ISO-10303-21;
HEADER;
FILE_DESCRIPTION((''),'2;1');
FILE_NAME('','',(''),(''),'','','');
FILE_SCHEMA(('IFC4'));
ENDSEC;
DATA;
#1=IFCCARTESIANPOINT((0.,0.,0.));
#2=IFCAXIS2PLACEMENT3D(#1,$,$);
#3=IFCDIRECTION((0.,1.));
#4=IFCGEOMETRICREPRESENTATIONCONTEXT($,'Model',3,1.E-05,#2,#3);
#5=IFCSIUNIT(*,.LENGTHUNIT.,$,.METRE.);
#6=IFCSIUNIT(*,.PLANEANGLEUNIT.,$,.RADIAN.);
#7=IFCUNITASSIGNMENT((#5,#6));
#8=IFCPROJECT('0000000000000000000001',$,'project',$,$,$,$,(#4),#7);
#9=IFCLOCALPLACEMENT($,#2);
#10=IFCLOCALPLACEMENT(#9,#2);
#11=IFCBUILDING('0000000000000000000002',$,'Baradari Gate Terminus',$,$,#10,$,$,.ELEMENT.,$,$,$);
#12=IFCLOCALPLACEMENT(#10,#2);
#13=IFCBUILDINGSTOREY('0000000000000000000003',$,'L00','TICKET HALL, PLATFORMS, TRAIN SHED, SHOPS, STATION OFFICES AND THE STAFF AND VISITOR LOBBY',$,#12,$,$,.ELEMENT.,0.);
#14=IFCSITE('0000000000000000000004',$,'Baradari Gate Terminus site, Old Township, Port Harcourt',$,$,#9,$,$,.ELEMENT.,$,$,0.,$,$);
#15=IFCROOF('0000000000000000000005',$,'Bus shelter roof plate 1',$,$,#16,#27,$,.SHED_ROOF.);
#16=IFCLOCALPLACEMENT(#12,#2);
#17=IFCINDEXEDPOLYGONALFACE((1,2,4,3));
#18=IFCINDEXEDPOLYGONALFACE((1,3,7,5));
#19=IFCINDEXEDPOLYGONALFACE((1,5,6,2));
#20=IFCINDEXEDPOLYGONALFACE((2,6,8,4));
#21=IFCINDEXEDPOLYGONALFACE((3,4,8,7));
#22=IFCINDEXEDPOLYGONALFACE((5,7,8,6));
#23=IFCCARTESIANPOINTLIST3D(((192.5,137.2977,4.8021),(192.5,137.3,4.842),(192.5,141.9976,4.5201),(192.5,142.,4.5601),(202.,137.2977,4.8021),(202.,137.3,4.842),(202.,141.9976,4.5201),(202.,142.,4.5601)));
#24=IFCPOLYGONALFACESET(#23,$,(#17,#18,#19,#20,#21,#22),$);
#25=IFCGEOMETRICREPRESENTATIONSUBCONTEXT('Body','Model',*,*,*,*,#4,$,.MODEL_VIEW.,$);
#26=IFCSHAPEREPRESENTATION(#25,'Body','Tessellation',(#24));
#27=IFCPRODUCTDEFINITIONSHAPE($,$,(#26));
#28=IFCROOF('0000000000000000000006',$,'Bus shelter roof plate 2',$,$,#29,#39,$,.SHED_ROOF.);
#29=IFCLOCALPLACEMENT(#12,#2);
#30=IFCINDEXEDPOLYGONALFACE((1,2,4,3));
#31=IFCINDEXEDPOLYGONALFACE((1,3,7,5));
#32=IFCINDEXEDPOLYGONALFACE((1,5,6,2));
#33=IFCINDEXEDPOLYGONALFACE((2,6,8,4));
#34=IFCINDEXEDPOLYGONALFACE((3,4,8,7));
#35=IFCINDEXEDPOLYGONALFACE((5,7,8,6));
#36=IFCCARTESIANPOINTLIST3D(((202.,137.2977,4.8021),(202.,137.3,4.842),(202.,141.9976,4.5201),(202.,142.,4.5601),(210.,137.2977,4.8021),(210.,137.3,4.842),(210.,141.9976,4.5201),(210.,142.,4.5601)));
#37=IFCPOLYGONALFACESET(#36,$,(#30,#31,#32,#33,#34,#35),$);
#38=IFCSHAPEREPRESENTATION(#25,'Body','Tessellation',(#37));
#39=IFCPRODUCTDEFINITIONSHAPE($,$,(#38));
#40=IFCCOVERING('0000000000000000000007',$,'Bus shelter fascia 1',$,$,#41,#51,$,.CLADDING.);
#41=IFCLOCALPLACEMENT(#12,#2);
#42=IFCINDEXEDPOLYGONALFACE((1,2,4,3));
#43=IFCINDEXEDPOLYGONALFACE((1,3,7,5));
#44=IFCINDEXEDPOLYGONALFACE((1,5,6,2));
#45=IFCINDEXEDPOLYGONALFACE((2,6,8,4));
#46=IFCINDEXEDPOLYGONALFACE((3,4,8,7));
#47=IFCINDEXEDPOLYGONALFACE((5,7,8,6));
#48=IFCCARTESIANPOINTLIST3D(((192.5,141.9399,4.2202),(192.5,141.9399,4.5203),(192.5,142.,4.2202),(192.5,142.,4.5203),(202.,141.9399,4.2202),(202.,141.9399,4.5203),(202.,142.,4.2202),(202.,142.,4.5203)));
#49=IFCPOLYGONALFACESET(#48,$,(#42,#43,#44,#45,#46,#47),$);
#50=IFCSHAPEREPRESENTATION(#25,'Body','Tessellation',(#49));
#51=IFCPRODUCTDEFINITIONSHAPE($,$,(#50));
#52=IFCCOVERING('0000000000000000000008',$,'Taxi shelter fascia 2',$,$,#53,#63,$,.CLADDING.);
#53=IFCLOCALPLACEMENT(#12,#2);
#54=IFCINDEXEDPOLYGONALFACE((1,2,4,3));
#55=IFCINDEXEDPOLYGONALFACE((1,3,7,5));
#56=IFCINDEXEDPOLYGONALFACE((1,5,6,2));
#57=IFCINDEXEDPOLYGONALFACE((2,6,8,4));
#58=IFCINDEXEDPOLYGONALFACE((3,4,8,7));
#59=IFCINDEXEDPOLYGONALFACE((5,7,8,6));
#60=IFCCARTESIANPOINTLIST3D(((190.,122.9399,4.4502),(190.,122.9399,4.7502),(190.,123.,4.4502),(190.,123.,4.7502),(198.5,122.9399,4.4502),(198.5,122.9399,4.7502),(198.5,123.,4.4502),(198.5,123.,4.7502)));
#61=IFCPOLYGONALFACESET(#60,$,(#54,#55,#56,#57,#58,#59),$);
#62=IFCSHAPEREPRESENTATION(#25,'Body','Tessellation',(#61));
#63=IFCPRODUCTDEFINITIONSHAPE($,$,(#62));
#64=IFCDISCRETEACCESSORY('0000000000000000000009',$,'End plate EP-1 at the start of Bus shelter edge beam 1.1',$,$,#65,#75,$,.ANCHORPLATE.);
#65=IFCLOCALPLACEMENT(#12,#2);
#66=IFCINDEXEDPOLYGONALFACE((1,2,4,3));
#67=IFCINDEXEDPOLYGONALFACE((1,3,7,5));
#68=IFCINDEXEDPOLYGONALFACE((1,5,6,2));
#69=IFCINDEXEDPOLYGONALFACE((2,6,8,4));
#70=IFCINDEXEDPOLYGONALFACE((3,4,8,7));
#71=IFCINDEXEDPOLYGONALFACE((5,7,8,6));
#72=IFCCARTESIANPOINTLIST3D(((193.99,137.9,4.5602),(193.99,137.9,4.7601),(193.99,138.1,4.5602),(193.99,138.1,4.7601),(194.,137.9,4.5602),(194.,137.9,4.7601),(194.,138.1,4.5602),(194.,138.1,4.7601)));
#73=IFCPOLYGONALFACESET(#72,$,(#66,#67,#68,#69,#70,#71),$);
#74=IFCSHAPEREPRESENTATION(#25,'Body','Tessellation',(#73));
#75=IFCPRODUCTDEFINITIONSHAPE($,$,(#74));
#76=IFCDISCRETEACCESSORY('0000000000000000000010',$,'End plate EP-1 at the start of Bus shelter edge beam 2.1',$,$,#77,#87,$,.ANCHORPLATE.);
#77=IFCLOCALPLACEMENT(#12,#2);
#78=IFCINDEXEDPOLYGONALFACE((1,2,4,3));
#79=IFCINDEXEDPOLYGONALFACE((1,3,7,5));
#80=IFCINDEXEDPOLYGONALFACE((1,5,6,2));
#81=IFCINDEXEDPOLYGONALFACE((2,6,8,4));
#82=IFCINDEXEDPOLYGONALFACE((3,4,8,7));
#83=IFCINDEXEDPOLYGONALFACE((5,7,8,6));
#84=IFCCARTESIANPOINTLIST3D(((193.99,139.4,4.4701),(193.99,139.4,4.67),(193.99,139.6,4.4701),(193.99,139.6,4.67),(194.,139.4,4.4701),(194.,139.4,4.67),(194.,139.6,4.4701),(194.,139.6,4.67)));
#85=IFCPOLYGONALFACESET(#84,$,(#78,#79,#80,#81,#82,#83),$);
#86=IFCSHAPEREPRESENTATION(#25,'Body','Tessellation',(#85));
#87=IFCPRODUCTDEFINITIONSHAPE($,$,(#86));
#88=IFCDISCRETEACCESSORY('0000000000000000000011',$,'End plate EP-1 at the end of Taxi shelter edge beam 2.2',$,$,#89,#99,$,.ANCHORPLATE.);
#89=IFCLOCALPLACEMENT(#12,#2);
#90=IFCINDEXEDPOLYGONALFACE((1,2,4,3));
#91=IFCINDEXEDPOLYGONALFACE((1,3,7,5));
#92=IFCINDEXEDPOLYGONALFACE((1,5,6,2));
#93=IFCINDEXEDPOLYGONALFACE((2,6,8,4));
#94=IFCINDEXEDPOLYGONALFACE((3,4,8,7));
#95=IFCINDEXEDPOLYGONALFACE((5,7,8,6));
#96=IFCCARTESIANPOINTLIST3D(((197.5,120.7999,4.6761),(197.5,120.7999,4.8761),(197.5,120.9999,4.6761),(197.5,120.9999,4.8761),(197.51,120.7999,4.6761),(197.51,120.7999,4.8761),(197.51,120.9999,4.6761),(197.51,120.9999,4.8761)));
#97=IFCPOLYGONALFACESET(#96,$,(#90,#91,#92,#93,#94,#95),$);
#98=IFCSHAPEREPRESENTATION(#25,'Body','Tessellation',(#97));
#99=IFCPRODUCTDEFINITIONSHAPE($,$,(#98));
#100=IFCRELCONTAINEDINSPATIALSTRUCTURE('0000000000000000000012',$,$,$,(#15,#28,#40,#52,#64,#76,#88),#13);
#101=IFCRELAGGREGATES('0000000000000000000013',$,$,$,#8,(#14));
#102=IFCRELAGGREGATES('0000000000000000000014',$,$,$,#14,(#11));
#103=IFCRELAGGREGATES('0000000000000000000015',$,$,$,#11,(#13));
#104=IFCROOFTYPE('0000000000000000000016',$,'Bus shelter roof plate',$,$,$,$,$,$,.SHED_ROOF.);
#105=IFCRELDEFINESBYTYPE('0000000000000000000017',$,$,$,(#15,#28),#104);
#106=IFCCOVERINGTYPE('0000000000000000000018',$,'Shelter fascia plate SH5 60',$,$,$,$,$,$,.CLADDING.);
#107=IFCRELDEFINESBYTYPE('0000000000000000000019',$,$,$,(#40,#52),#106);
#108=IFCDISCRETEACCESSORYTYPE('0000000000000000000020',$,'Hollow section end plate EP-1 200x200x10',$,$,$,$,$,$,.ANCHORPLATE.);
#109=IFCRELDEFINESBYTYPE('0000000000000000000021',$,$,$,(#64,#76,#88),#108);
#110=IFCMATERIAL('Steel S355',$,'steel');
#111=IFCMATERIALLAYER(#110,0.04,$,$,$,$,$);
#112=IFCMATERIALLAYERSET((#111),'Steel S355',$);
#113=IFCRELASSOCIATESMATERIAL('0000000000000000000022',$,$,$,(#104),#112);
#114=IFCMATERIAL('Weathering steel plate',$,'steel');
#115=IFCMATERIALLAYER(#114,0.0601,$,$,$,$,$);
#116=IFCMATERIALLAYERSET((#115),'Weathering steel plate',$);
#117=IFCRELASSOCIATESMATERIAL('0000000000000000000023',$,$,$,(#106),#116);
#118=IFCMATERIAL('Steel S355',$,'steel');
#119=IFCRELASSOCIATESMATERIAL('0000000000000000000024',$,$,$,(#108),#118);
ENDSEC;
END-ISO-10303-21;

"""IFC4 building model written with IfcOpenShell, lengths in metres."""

from ifc_helpers import new_model, si_unit, direction, frame, origin, origin_2d, place, context, subcontext, project, spatial, polyline, rectangle, outline, extrude, material, layer, layer_set, type_object, element, save


model = new_model("IFC4")

# Units and contexts
model_context = context("Model", 3, precision=1e-05, world=origin(), true_north=direction((0.0, 1.0)))
body_context = subcontext(model_context, "Body", "Model", "MODEL_VIEW")
ifc_project = project(units=[si_unit("LENGTHUNIT", "METRE"), si_unit("PLANEANGLEUNIT", "RADIAN")], contexts=[model_context])

# Site, building, storey
site_placement = place(None, origin())
site = spatial("IfcSite", under=ifc_project, at=site_placement, Name="Baradari Gate Terminus site, Old Township, Port Harcourt", CompositionType="ELEMENT", RefElevation=0.0)
building_placement = place(site_placement, origin())
building = spatial("IfcBuilding", under=site, at=building_placement, Name="Baradari Gate Terminus", CompositionType="ELEMENT")
storey_placement = place(building_placement, origin())
storey = spatial("IfcBuildingStorey", under=building, at=storey_placement, Name="L00", Description="TICKET HALL, PLATFORMS, TRAIN SHED, SHOPS, STATION OFFICES AND THE STAFF AND VISITOR LOBBY", CompositionType="ELEMENT", Elevation=0.0)

# Roofs
ifc_material_1 = material(Name="Steel S355", Category="steel")
ifc_layer_1 = layer(ifc_material_1, 0.04)
ifc_layer_set_1 = layer_set([ifc_layer_1], Name="Steel S355")
roof_type = type_object("IfcRoofType", Name="Bus shelter roof plate", PredefinedType="SHED_ROOF", material=ifc_layer_set_1)
roof_1_placement = place(storey_placement, frame((192.5, 137.3, 4.842), z_axis=(0.0, 0.059889, 0.998205), x_axis=(1.0, 0.0, 0.0)))
element("IfcRoof", 1, at=roof_1_placement, inside=storey, type_object=roof_type, Name="Bus shelter roof plate 1", PredefinedType="SHED_ROOF", context=body_context, shape_type="SweptSolid", body=[
    extrude(outline(polyline([(0.0, 0.0), (9.5, 0.0), (9.5, 4.7084), (0.0, 4.7084), (0.0, 0.0)])), origin(), (0.0, 0.0, -1.0), 0.04),
])
roof_2_placement = place(storey_placement, frame((202.0, 137.3, 4.842), z_axis=(0.0, 0.059889, 0.998205), x_axis=(1.0, 0.0, 0.0)))
element("IfcRoof", 2, at=roof_2_placement, inside=storey, type_object=roof_type, Name="Bus shelter roof plate 2", PredefinedType="SHED_ROOF", context=body_context, shape_type="SweptSolid", body=[
    extrude(outline(polyline([(0.0, 0.0), (8.0, 0.0), (8.0, 4.7084), (0.0, 4.7084), (0.0, 0.0)])), origin(), (0.0, 0.0, -1.0), 0.04),
])

# Coverings
ifc_material_2 = material(Name="Weathering steel plate", Category="steel")
ifc_layer_2 = layer(ifc_material_2, 0.0601)
ifc_layer_set_2 = layer_set([ifc_layer_2], Name="Weathering steel plate")
covering_type = type_object("IfcCoveringType", Name="Shelter fascia plate SH5 60", PredefinedType="CLADDING", material=ifc_layer_set_2)
covering_1_placement = place(storey_placement, frame((197.25, 141.97, 4.2202), z_axis=(0.0, 0.0, 1.0), x_axis=(1.0, 0.0, 0.0)))
element("IfcCovering", 3, at=covering_1_placement, inside=storey, type_object=covering_type, Name="Bus shelter fascia 1", PredefinedType="CLADDING", context=body_context, shape_type="SweptSolid", body=[
    extrude(rectangle(XDim=9.5, YDim=0.0601, at=origin_2d()), origin(), (0.0, 0.0, 1.0), 0.3),
])
covering_2_placement = place(storey_placement, frame((194.25, 122.97, 4.4502), z_axis=(0.0, 0.0, 1.0), x_axis=(1.0, 0.0, 0.0)))
element("IfcCovering", 4, at=covering_2_placement, inside=storey, type_object=covering_type, Name="Taxi shelter fascia 2", PredefinedType="CLADDING", context=body_context, shape_type="SweptSolid", body=[
    extrude(rectangle(XDim=8.5, YDim=0.0601, at=origin_2d()), origin(), (0.0, 0.0, 1.0), 0.3),
])

# Discrete accessories
ifc_material_3 = material(Name="Steel S355", Category="steel")
discrete_accessory_type = type_object("IfcDiscreteAccessoryType", Name="Hollow section end plate EP-1 200x200x10", PredefinedType="ANCHORPLATE", material=ifc_material_3)
for number, where, z_axis, x_axis, name in (
    (5, (193.99, 138.0, 4.6602), (1.0, 0.0, 0.0), (0.0, 1.0, 0.0), "End plate EP-1 at the start of Bus shelter edge beam 1.1"),
    (6, (193.99, 139.5, 4.5701), (1.0, 0.0, 0.0), (0.0, 1.0, 0.0), "End plate EP-1 at the start of Bus shelter edge beam 2.1"),
    (7, (197.5, 120.8999, 4.7761), (1.0, 0.0, 0.0), (0.0, 1.0, 0.0), "End plate EP-1 at the end of Taxi shelter edge beam 2.2"),
):
    element("IfcDiscreteAccessory", number, at=place(storey_placement, frame(where, z_axis=z_axis, x_axis=x_axis)), inside=storey, type_object=discrete_accessory_type, Name=name, PredefinedType="ANCHORPLATE", context=body_context, shape_type="SweptSolid", body=[
        extrude(rectangle(XDim=0.2, YDim=0.2, at=origin_2d()), origin(), (0.0, 0.0, 1.0), 0.01),
    ])

save(model, "model.ifc")
